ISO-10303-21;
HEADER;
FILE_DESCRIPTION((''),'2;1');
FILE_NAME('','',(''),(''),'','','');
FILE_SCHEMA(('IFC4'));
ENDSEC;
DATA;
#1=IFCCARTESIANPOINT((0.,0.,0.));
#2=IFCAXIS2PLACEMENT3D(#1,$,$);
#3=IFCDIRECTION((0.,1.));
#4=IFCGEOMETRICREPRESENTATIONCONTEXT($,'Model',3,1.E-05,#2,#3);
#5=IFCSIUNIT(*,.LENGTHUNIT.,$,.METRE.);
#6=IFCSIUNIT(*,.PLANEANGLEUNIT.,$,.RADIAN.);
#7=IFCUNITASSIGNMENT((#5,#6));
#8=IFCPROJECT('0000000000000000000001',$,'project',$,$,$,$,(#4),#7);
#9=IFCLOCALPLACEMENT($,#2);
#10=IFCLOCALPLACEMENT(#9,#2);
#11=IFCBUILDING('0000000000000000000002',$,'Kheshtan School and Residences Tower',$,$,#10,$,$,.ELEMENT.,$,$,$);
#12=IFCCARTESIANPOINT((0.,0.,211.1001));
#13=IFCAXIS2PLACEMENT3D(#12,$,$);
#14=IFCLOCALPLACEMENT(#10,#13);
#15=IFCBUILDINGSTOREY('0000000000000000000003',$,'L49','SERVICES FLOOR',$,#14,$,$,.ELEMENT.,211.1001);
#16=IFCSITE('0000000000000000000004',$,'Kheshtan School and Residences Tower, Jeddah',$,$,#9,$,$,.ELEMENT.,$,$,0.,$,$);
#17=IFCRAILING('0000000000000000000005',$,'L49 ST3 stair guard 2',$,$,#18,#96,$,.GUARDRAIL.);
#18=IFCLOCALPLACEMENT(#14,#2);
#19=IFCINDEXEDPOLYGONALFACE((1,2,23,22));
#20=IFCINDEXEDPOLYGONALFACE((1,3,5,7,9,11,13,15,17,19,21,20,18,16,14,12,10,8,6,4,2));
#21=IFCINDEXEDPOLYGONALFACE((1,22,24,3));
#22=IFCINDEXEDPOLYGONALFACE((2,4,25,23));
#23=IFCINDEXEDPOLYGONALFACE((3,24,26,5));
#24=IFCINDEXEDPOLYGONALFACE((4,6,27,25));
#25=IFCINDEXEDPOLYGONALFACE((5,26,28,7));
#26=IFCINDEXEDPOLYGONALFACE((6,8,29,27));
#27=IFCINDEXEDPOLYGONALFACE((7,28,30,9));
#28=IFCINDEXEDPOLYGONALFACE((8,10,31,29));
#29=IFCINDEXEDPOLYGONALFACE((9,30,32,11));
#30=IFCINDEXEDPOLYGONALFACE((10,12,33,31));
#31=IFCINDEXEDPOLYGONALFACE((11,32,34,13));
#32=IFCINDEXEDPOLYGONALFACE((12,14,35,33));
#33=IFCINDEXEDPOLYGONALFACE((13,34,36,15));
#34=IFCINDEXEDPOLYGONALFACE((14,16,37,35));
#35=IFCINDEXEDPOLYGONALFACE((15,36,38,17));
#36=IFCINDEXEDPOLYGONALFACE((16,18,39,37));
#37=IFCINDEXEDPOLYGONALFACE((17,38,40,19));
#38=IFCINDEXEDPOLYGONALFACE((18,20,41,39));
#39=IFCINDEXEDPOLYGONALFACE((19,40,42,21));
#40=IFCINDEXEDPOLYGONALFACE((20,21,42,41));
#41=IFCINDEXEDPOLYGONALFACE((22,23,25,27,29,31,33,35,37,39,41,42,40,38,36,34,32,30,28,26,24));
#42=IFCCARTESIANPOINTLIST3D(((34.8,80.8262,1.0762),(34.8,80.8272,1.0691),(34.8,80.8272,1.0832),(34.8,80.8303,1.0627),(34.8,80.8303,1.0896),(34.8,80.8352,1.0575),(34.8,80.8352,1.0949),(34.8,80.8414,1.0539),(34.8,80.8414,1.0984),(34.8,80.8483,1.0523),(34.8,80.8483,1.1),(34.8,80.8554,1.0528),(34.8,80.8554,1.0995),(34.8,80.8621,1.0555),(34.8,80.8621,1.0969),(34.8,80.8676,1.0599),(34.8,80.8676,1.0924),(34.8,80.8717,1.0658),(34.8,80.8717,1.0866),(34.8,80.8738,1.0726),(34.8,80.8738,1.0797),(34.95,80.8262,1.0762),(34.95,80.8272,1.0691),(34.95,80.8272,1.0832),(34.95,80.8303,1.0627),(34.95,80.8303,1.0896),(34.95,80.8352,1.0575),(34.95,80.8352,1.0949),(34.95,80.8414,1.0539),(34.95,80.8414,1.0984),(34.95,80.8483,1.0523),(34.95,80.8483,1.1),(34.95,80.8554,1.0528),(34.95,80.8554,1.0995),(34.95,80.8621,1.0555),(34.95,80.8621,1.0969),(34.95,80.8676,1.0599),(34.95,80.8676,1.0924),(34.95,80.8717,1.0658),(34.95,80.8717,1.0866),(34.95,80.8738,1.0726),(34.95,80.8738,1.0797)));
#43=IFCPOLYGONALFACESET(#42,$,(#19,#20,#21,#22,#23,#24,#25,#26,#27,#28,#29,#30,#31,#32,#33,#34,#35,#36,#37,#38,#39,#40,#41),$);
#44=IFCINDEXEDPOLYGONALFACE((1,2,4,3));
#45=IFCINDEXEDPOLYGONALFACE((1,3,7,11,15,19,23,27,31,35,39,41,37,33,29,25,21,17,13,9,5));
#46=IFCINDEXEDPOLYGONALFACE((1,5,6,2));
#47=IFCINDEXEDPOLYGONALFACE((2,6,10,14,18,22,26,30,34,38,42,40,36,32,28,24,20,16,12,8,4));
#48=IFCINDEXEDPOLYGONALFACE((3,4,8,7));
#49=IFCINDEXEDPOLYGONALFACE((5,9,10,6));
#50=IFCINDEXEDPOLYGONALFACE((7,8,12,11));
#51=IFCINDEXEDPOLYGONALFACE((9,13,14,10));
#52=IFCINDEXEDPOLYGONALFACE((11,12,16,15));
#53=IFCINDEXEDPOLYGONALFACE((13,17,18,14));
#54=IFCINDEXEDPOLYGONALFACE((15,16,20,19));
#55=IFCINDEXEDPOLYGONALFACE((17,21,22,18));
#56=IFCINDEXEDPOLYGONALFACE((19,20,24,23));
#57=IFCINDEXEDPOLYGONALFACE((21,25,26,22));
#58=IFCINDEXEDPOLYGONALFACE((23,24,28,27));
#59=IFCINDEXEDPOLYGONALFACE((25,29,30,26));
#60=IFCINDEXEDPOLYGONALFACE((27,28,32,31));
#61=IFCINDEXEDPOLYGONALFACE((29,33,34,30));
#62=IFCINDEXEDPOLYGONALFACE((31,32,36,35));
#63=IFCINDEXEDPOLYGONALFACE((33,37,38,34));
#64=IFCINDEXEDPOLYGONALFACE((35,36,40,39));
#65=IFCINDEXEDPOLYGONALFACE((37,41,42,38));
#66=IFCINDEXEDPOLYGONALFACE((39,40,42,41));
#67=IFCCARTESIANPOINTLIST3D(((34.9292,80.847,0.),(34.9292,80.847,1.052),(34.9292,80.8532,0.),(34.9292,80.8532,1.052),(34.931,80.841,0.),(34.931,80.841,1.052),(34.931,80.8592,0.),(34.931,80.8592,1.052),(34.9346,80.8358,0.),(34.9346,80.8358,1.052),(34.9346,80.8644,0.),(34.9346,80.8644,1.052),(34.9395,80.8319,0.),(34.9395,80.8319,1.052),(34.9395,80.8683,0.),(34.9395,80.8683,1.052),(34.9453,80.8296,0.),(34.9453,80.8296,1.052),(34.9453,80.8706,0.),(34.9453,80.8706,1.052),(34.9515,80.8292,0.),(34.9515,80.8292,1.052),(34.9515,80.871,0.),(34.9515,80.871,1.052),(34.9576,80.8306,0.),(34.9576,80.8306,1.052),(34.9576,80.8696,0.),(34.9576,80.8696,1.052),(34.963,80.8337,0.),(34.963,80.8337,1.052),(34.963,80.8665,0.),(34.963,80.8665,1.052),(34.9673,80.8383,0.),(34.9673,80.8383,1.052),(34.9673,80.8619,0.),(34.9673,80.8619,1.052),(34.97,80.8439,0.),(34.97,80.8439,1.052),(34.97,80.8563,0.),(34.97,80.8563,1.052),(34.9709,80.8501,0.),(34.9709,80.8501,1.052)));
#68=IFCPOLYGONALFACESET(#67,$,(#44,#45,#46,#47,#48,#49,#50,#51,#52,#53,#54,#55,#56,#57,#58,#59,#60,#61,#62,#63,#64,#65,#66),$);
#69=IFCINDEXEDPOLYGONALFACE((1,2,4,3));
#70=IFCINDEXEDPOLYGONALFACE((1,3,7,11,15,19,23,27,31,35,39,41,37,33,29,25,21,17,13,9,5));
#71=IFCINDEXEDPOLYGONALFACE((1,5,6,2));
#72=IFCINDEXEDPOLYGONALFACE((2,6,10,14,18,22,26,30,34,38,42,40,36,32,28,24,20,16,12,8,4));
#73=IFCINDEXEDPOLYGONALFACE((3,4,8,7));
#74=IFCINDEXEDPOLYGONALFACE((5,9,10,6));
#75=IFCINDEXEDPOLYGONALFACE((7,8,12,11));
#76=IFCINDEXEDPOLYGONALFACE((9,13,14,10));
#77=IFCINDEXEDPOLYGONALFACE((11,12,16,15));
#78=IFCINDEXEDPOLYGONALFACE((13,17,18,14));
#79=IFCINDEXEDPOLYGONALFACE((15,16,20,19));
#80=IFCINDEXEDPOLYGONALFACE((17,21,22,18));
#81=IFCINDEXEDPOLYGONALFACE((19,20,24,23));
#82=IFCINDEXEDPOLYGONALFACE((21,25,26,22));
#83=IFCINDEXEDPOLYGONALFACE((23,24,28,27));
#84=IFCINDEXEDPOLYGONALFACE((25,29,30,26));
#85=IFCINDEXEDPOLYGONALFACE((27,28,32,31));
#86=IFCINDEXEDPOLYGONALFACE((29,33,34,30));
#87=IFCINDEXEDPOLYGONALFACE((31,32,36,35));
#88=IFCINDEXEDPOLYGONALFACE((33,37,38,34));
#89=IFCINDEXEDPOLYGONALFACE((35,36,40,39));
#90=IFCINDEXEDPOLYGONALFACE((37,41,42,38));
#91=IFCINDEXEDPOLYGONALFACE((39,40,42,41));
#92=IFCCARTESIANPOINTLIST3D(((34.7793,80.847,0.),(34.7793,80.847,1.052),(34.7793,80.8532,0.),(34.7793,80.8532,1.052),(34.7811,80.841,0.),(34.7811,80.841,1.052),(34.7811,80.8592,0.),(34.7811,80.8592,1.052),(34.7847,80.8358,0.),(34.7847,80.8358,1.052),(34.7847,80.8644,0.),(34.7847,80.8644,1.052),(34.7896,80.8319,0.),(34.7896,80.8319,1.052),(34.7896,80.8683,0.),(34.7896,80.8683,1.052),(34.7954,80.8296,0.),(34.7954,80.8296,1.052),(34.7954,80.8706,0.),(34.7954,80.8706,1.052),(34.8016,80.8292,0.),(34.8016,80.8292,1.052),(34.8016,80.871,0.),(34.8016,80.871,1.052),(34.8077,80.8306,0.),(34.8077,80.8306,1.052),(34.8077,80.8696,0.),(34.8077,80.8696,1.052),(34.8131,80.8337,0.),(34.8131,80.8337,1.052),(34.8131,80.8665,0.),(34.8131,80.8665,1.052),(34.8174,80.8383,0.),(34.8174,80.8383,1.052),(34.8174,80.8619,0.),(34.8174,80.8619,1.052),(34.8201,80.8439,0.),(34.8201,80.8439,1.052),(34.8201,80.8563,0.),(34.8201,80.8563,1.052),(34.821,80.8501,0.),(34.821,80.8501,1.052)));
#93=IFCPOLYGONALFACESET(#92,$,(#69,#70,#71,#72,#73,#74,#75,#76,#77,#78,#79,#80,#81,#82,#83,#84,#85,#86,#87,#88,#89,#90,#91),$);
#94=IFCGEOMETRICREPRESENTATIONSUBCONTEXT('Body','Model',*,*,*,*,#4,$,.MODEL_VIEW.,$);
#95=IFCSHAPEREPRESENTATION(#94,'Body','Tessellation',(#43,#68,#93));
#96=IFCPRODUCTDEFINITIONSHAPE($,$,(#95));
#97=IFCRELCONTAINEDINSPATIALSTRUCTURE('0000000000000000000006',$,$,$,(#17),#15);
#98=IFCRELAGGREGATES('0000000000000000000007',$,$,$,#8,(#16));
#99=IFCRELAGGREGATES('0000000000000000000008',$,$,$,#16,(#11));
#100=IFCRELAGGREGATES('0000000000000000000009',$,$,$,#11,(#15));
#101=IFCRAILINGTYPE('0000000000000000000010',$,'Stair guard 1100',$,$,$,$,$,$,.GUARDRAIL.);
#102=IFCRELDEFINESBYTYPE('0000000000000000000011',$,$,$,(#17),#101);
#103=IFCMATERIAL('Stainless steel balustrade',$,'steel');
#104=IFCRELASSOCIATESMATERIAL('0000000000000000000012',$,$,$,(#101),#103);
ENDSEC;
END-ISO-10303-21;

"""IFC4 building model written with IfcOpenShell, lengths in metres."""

from ifc_helpers import new_model, si_unit, direction, frame, origin, origin_2d, place, context, subcontext, project, spatial, circle, extrude, material, type_object, element, save


model = new_model("IFC4")

# Units and contexts
model_context = context("Model", 3, precision=1e-05, world=origin(), true_north=direction((0.0, 1.0)))
body_context = subcontext(model_context, "Body", "Model", "MODEL_VIEW")
ifc_project = project(units=[si_unit("LENGTHUNIT", "METRE"), si_unit("PLANEANGLEUNIT", "RADIAN")], contexts=[model_context])

# Site, building, storey
site_placement = place(None, origin())
site = spatial("IfcSite", under=ifc_project, at=site_placement, Name="Kheshtan School and Residences Tower, Jeddah", CompositionType="ELEMENT", RefElevation=0.0)
building_placement = place(site_placement, origin())
building = spatial("IfcBuilding", under=site, at=building_placement, Name="Kheshtan School and Residences Tower", CompositionType="ELEMENT")
storey_placement = place(building_placement, frame((0.0, 0.0, 211.1001)))
storey = spatial("IfcBuildingStorey", under=building, at=storey_placement, Name="L49", Description="SERVICES FLOOR", CompositionType="ELEMENT", Elevation=211.1001)

# Railing
ifc_material_1 = material(Name="Stainless steel balustrade", Category="steel")
railing_type_1 = type_object("IfcRailingType", Name="Stair guard 1100", PredefinedType="GUARDRAIL", material=ifc_material_1)
railing_1_placement = place(storey_placement, frame((34.95, 80.8501, 0.0)))
element("IfcRailing", 1, at=railing_1_placement, inside=storey, type_object=railing_type_1, Name="L49 ST3 stair guard 2", PredefinedType="GUARDRAIL", context=body_context, shape_type="SweptSolid", body=[
    extrude(circle(Radius=0.0239, at=origin_2d()), frame((0.0, 0.0, 1.0762), z_axis=(-1.0, 0.0, 0.0), x_axis=(0.0, -1.0, 0.0)), (0.0, 0.0, 1.0), 0.1499),
    extrude(circle(Radius=0.021, at=origin_2d()), origin(), (0.0, 0.0, 1.0), 1.052),
    extrude(circle(Radius=0.021, at=origin_2d()), frame((-0.1499, 0.0, 0.0)), (0.0, 0.0, 1.0), 1.052),
])

save(model, "model.ifc")
